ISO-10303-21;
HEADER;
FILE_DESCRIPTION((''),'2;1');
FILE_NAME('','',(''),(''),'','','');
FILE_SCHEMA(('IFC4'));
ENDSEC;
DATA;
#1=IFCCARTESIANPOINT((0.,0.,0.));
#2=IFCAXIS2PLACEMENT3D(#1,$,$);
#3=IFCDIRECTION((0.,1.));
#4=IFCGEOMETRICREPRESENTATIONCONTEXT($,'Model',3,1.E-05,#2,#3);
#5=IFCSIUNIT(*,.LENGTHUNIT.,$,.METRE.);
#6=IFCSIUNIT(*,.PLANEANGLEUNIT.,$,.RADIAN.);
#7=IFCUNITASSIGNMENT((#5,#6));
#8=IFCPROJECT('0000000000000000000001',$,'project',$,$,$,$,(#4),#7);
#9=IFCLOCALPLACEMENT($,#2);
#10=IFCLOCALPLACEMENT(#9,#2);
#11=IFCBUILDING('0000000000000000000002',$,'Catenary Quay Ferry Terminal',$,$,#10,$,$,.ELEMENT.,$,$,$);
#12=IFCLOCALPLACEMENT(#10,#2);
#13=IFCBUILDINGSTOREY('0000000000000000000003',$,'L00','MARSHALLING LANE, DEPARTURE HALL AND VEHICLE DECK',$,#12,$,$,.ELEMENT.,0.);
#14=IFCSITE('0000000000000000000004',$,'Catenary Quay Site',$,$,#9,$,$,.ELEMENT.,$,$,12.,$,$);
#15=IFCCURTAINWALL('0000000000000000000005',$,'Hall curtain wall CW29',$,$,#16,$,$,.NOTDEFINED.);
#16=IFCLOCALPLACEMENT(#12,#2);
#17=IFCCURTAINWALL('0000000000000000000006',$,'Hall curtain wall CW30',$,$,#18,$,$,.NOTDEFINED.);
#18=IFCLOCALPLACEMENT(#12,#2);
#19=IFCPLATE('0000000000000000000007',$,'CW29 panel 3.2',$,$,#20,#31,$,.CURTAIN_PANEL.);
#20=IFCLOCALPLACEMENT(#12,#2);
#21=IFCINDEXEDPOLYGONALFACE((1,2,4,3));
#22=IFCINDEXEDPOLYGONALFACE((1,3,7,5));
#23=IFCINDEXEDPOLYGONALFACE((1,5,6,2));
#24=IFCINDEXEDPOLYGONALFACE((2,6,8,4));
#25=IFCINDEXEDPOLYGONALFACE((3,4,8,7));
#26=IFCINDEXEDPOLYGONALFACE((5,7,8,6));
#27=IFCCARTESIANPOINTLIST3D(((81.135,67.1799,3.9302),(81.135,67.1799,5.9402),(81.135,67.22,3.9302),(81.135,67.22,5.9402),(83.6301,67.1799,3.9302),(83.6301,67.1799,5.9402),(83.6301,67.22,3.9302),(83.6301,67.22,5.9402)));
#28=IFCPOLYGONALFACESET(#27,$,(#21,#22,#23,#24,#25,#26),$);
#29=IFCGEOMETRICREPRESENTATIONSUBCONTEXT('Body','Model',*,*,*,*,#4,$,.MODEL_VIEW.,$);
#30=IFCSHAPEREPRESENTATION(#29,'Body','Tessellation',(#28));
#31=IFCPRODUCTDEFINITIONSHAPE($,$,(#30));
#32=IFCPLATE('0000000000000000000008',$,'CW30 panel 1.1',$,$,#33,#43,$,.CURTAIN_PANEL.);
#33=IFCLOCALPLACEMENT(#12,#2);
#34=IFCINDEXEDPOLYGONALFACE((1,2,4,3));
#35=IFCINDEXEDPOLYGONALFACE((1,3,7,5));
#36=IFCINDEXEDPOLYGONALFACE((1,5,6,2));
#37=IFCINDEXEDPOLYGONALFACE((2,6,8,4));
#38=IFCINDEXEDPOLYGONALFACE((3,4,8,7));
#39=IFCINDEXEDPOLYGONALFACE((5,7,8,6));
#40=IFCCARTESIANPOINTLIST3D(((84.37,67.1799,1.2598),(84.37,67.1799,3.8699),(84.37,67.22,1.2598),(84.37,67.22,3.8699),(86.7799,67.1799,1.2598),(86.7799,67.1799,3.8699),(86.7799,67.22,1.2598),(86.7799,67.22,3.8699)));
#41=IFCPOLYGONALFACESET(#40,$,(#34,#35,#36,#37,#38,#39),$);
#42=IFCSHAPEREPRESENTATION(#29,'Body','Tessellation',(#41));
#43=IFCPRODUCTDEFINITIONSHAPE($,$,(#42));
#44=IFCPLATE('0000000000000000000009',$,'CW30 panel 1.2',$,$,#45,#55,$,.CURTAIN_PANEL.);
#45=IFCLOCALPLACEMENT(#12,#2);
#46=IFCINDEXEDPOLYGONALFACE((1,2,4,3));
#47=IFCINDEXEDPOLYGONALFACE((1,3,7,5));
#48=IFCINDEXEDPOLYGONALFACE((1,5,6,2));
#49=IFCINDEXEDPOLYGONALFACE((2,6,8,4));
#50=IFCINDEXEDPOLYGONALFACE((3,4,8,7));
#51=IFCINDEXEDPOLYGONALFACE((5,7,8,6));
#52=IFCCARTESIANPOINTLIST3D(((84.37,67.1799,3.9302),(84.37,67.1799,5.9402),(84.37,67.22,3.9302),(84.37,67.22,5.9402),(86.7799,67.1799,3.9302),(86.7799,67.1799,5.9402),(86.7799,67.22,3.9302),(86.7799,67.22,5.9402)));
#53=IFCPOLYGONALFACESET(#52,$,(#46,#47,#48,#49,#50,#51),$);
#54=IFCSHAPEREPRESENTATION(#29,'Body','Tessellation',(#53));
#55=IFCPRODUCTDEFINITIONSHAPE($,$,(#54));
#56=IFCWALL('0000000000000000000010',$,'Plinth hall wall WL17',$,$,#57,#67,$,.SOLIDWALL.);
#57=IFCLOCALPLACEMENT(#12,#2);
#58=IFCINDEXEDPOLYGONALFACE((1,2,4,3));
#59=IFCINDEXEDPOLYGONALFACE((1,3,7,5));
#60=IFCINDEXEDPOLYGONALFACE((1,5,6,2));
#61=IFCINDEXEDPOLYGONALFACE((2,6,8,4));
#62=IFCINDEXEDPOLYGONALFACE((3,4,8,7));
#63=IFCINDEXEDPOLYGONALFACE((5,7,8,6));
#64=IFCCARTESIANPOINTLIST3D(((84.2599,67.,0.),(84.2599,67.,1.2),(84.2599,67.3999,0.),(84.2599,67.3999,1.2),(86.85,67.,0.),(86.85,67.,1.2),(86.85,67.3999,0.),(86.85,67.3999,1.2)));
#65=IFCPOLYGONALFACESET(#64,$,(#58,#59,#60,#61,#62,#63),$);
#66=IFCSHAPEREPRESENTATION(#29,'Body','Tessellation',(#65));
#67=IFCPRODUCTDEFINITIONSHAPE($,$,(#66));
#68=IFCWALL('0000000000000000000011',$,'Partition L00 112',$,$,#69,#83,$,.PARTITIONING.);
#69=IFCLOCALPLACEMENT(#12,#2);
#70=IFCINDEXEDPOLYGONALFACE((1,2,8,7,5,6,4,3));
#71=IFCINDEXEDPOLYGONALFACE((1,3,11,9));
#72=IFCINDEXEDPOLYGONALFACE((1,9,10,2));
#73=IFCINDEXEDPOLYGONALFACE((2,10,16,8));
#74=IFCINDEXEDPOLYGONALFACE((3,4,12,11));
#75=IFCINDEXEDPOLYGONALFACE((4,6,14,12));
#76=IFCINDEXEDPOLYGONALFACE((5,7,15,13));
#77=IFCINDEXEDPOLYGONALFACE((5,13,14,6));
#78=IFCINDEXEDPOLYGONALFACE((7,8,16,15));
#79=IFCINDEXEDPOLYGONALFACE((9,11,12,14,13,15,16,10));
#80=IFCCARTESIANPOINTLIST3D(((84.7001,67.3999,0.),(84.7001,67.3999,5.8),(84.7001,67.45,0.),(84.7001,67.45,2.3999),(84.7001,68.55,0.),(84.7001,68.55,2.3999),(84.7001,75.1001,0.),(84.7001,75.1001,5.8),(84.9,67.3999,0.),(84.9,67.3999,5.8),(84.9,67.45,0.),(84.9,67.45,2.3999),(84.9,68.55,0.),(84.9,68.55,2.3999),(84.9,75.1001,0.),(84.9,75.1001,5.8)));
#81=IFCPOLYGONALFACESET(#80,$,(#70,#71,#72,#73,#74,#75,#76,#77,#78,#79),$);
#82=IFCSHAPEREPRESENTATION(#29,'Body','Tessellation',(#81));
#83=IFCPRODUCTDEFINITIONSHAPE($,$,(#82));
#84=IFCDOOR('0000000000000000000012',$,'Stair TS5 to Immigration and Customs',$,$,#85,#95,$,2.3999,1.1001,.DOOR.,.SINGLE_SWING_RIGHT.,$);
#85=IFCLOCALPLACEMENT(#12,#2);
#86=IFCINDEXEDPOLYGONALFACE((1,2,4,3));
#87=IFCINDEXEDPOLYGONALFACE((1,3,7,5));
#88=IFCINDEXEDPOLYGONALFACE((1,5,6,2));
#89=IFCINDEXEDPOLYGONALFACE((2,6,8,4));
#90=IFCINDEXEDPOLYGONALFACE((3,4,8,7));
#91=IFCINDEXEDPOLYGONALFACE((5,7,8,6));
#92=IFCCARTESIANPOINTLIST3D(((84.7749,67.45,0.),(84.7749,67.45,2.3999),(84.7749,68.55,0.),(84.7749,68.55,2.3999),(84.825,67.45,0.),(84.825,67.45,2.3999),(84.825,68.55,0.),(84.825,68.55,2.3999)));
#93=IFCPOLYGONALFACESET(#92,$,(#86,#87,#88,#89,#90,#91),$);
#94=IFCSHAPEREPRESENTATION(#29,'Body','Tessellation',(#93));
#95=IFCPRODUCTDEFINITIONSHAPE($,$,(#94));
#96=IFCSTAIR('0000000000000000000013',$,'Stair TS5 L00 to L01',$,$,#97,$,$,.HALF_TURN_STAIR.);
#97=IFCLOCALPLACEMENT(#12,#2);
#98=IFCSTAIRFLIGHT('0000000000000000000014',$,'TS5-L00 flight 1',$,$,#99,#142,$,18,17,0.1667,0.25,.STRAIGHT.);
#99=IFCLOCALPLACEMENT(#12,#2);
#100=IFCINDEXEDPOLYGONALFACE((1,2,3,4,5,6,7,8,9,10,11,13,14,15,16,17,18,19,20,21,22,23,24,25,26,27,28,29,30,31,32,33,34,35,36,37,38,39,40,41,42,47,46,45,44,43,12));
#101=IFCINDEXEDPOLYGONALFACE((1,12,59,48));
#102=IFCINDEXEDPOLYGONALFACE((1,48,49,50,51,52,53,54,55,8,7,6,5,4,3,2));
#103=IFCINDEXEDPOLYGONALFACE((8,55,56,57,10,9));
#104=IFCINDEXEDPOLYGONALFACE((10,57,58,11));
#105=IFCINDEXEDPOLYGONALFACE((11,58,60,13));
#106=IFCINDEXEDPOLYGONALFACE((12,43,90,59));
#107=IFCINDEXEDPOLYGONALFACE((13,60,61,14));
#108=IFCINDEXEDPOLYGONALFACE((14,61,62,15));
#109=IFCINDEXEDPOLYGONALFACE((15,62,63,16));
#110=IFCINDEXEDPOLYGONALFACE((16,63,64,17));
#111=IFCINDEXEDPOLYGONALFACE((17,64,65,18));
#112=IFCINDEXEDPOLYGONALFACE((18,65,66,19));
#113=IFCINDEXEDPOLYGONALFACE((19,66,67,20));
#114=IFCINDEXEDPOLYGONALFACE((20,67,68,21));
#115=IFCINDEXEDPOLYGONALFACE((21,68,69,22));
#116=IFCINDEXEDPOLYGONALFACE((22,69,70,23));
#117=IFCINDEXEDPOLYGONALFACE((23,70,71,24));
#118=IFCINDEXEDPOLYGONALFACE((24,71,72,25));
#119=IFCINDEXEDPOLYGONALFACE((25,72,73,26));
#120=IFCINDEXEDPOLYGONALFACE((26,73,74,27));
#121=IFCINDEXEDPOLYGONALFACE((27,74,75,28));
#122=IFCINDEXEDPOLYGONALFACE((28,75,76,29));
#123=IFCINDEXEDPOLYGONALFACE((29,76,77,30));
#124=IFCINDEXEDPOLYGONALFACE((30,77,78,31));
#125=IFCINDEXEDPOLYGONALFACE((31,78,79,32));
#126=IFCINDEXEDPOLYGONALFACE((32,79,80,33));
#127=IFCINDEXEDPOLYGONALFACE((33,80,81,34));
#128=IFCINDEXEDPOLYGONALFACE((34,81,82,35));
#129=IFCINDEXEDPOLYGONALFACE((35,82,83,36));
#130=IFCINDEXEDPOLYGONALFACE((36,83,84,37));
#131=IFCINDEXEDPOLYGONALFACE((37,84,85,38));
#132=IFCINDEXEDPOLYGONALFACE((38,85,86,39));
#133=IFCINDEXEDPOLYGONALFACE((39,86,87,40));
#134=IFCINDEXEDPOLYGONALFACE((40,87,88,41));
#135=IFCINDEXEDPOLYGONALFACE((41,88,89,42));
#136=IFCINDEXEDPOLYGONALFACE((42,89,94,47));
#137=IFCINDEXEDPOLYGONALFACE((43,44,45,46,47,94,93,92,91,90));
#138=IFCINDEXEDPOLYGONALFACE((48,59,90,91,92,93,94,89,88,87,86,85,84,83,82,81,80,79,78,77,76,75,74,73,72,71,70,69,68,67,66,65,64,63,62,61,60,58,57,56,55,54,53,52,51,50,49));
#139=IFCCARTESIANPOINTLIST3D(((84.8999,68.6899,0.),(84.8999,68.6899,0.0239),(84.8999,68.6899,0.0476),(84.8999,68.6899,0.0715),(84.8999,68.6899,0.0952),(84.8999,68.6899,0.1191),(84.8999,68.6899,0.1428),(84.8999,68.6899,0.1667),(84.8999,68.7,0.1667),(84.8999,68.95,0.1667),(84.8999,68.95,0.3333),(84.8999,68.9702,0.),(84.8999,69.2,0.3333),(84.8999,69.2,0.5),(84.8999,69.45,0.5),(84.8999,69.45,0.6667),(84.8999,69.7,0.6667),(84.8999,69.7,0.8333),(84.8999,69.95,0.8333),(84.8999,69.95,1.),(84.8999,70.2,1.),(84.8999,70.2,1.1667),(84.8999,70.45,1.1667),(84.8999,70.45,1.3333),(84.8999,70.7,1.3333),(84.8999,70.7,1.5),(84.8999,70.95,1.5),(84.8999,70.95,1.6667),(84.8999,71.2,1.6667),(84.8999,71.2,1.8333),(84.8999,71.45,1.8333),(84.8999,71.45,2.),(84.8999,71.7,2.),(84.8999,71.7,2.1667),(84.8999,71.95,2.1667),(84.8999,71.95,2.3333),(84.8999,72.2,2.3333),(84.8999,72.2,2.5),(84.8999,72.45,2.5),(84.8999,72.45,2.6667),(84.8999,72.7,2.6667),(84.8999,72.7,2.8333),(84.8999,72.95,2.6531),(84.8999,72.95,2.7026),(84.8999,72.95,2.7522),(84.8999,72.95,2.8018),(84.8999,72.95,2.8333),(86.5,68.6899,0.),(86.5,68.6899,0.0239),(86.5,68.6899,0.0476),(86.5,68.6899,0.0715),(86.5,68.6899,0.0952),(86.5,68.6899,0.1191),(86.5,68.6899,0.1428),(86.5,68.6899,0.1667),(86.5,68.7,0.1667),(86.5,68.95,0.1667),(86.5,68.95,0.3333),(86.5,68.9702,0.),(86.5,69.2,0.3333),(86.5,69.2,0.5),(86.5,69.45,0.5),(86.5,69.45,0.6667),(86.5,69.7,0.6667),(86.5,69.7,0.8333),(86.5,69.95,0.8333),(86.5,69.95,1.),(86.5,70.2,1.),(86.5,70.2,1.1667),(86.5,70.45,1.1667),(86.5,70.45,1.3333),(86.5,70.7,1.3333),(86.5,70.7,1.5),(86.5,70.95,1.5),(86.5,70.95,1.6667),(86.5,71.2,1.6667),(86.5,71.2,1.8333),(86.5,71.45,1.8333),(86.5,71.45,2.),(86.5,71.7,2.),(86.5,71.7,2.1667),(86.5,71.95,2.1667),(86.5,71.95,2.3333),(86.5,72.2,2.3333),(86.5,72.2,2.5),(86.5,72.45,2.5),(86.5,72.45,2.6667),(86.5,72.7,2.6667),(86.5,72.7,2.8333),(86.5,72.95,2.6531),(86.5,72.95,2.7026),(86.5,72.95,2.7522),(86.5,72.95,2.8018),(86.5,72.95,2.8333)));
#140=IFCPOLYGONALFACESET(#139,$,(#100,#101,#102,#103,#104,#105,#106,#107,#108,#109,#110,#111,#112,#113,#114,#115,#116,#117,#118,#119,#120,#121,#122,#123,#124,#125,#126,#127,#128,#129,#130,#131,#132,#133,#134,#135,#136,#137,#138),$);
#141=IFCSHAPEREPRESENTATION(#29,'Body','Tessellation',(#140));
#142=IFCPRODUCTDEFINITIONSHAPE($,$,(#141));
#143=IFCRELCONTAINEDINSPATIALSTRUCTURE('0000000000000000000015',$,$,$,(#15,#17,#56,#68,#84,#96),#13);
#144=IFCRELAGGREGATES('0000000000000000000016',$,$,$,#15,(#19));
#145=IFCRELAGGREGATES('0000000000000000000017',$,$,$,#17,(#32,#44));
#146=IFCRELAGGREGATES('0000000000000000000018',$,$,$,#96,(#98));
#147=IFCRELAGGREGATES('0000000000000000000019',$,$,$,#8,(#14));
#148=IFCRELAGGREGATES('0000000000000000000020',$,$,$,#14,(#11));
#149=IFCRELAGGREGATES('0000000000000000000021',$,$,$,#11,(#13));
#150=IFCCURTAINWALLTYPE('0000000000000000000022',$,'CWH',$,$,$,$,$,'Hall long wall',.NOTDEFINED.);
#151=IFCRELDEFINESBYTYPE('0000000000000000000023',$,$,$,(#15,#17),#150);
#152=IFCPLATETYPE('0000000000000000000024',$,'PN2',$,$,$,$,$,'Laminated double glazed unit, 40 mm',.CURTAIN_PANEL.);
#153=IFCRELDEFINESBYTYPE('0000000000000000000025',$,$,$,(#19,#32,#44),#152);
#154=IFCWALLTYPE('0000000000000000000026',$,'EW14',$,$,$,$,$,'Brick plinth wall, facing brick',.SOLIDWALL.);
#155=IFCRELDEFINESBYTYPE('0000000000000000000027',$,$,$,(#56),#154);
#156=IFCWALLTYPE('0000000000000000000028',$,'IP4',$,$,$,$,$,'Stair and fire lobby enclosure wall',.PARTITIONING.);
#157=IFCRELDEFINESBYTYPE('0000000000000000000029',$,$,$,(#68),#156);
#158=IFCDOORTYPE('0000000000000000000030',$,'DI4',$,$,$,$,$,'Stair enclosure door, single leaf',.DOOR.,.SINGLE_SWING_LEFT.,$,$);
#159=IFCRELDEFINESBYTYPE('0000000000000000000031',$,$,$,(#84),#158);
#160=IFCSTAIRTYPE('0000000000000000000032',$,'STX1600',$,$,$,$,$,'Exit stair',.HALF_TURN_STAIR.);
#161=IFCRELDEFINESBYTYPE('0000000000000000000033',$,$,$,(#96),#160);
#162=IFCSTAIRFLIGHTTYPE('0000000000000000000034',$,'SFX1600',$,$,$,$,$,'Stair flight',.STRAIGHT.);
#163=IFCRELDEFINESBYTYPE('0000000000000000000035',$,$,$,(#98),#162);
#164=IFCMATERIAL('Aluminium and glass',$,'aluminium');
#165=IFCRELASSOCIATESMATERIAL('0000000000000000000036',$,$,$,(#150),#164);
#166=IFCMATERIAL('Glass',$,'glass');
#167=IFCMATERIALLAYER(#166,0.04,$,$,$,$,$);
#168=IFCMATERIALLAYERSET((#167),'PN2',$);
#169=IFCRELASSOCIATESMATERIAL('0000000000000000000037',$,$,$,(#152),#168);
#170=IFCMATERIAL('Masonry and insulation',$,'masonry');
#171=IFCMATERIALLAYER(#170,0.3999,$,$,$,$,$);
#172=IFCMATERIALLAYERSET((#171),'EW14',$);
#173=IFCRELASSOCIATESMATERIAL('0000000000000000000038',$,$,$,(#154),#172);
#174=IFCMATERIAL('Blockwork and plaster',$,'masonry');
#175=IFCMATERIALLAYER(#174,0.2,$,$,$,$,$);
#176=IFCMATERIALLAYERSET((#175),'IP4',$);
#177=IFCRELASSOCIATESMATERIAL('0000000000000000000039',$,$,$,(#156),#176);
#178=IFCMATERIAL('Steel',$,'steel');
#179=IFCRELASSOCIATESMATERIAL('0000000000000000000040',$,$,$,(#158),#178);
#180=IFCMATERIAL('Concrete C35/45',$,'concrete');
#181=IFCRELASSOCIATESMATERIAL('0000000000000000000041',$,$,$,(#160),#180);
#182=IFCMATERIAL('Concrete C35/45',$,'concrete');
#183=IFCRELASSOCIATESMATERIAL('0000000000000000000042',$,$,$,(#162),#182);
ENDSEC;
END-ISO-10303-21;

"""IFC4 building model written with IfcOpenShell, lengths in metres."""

from ifc_helpers import new_model, si_unit, direction, frame, frame_2d, origin, origin_2d, place, context, subcontext, project, spatial, polyline, rectangle, outline, extrude, material, layer, layer_set, type_object, element, fill, aggregate, save


model = new_model("IFC4")

# Units and contexts
model_context = context("Model", 3, precision=1e-05, world=origin(), true_north=direction((0.0, 1.0)))
body_context = subcontext(model_context, "Body", "Model", "MODEL_VIEW")
ifc_project = project(units=[si_unit("LENGTHUNIT", "METRE"), si_unit("PLANEANGLEUNIT", "RADIAN")], contexts=[model_context])

# Site, building, storey
site_placement = place(None, origin())
site = spatial("IfcSite", under=ifc_project, at=site_placement, Name="Catenary Quay Site", CompositionType="ELEMENT", RefElevation=12.0)
building_placement = place(site_placement, origin())
building = spatial("IfcBuilding", under=site, at=building_placement, Name="Catenary Quay Ferry Terminal", CompositionType="ELEMENT")
storey_placement = place(building_placement, origin())
storey = spatial("IfcBuildingStorey", under=building, at=storey_placement, Name="L00", Description="MARSHALLING LANE, DEPARTURE HALL AND VEHICLE DECK", CompositionType="ELEMENT", Elevation=0.0)

# Curtain wall
ifc_material_1 = material(Name="Aluminium and glass", Category="aluminium")
curtain_wall_type = type_object("IfcCurtainWallType", Name="CWH", ElementType="Hall long wall", PredefinedType="NOTDEFINED", material=ifc_material_1)
curtain_wall_1_placement = place(storey_placement, origin())
curtain_wall_1 = element("IfcCurtainWall", 1, at=curtain_wall_1_placement, inside=storey, type_object=curtain_wall_type, Name="Hall curtain wall CW29", PredefinedType="NOTDEFINED")

# Curtain wall
curtain_wall_2_placement = place(storey_placement, origin())
curtain_wall_2 = element("IfcCurtainWall", 2, at=curtain_wall_2_placement, inside=storey, type_object=curtain_wall_type, Name="Hall curtain wall CW30", PredefinedType="NOTDEFINED")

# Plates
ifc_material_2 = material(Name="Glass", Category="glass")
ifc_layer_1 = layer(ifc_material_2, 0.04)
ifc_layer_set_1 = layer_set([ifc_layer_1], Name="PN2")
plate_type = type_object("IfcPlateType", Name="PN2", ElementType="Laminated double glazed unit, 40 mm", PredefinedType="CURTAIN_PANEL", material=ifc_layer_set_1)
plate_1_placement = place(storey_placement, frame((82.3826, 67.2, 3.9302), z_axis=(0.0, 0.0, 1.0), x_axis=(1.0, 0.0, 0.0)))
plate_1 = element("IfcPlate", 3, at=plate_1_placement, type_object=plate_type, Name="CW29 panel 3.2", PredefinedType="CURTAIN_PANEL", context=body_context, shape_type="SweptSolid", body=[
    extrude(rectangle(XDim=2.4951, YDim=0.04, at=origin_2d()), origin(), (0.0, 0.0, 1.0), 2.01),
])
aggregate(curtain_wall_1, [plate_1])
plate_2_placement = place(storey_placement, frame((85.575, 67.2, 1.2598), z_axis=(0.0, 0.0, 1.0), x_axis=(1.0, 0.0, 0.0)))
plate_2 = element("IfcPlate", 4, at=plate_2_placement, type_object=plate_type, Name="CW30 panel 1.1", PredefinedType="CURTAIN_PANEL", context=body_context, shape_type="SweptSolid", body=[
    extrude(rectangle(XDim=2.4099, YDim=0.04, at=origin_2d()), origin(), (0.0, 0.0, 1.0), 2.6101),
])
plate_3_placement = place(storey_placement, frame((85.575, 67.2, 3.9302), z_axis=(0.0, 0.0, 1.0), x_axis=(1.0, 0.0, 0.0)))
plate_3 = element("IfcPlate", 5, at=plate_3_placement, type_object=plate_type, Name="CW30 panel 1.2", PredefinedType="CURTAIN_PANEL", context=body_context, shape_type="SweptSolid", body=[
    extrude(rectangle(XDim=2.4099, YDim=0.04, at=origin_2d()), origin(), (0.0, 0.0, 1.0), 2.01),
])
aggregate(curtain_wall_2, [plate_2, plate_3])

# Wall
ifc_material_3 = material(Name="Masonry and insulation", Category="masonry")
ifc_layer_2 = layer(ifc_material_3, 0.3999)
ifc_layer_set_2 = layer_set([ifc_layer_2], Name="EW14")
wall_type_1 = type_object("IfcWallType", Name="EW14", ElementType="Brick plinth wall, facing brick", PredefinedType="SOLIDWALL", material=ifc_layer_set_2)
wall_1_placement = place(storey_placement, frame((84.26, 67.2, 0.0), z_axis=(0.0, 0.0, 1.0), x_axis=(1.0, 0.0, 0.0)))
element("IfcWall", 6, at=wall_1_placement, inside=storey, type_object=wall_type_1, Name="Plinth hall wall WL17", PredefinedType="SOLIDWALL", context=body_context, shape_type="SweptSolid", body=[
    extrude(rectangle(XDim=2.5901, YDim=0.3999, at=frame_2d((1.2949, 0.0))), origin(), (0.0, 0.0, 1.0), 1.2),
])

# Wall, opening, door
ifc_material_4 = material(Name="Blockwork and plaster", Category="masonry")
ifc_layer_3 = layer(ifc_material_4, 0.2)
ifc_layer_set_3 = layer_set([ifc_layer_3], Name="IP4")
wall_type_2 = type_object("IfcWallType", Name="IP4", ElementType="Stair and fire lobby enclosure wall", PredefinedType="PARTITIONING", material=ifc_layer_set_3)
wall_2_placement = place(storey_placement, frame((84.8, 67.3999, 0.0), z_axis=(0.0, 0.0, 1.0), x_axis=(0.0, 1.0, 0.0)))
wall_2 = element("IfcWall", 7, at=wall_2_placement, inside=storey, type_object=wall_type_2, Name="Partition L00 112", PredefinedType="PARTITIONING", context=body_context, shape_type="SweptSolid", body=[
    extrude(rectangle(XDim=7.7002, YDim=0.2, at=frame_2d((3.8501, 0.0))), origin(), (0.0, 0.0, 1.0), 5.8),
])
opening_placement = place(wall_2_placement, frame((0.05, 0.0, 0.0)))
opening = element("IfcOpeningElement", 8, at=opening_placement, cuts=wall_2, PredefinedType="OPENING", context=body_context, shape_type="SweptSolid", body=[
    extrude(rectangle(XDim=1.1001, YDim=2.3999, at=frame_2d((0.55, 1.2))), frame((0.0, 0.1099, 0.0), z_axis=(0.0, -1.0, 0.0), x_axis=(1.0, 0.0, 0.0)), (0.0, 0.0, 1.0), 0.22),
])
ifc_material_5 = material(Name="Steel", Category="steel")
door_type = type_object("IfcDoorType", Name="DI4", ElementType="Stair enclosure door, single leaf", OperationType="SINGLE_SWING_LEFT", PredefinedType="DOOR", material=ifc_material_5)
door_placement = place(opening_placement, frame((1.1001, 0.0, 0.0), z_axis=(0.0, 0.0, 1.0), x_axis=(-1.0, 0.0, 0.0)))
door = element("IfcDoor", 9, at=door_placement, inside=storey, type_object=door_type, Name="Stair TS5 to Immigration and Customs", OperationType="SINGLE_SWING_RIGHT", OverallHeight=2.3999, OverallWidth=1.1001, PredefinedType="DOOR", context=body_context, shape_type="SweptSolid", body=[
    extrude(rectangle(XDim=1.1001, YDim=2.3999, at=frame_2d((0.55, 1.2))), frame((0.0, 0.0249, 0.0), z_axis=(0.0, -1.0, 0.0), x_axis=(1.0, 0.0, 0.0)), (0.0, 0.0, 1.0), 0.05),
])
fill(opening, door)

# Stair, stair flight
ifc_material_6 = material(Name="Concrete C35/45", Category="concrete")
stair_type = type_object("IfcStairType", Name="STX1600", ElementType="Exit stair", PredefinedType="HALF_TURN_STAIR", material=ifc_material_6)
stair_placement = place(storey_placement, origin())
stair = element("IfcStair", 10, at=stair_placement, inside=storey, type_object=stair_type, Name="Stair TS5 L00 to L01", PredefinedType="HALF_TURN_STAIR")
ifc_material_7 = material(Name="Concrete C35/45", Category="concrete")
stair_flight_type = type_object("IfcStairFlightType", Name="SFX1600", ElementType="Stair flight", PredefinedType="STRAIGHT", material=ifc_material_7)
stair_flight_placement = place(storey_placement, frame((85.7, 68.7, 0.0), z_axis=(0.0, 0.0, 1.0), x_axis=(0.0, 1.0, 0.0)))
stair_flight = element("IfcStairFlight", 11, at=stair_flight_placement, type_object=stair_flight_type, Name="TS5-L00 flight 1", NumberOfRisers=18, NumberOfTreads=17, PredefinedType="STRAIGHT", RiserHeight=0.1667, TreadLength=0.25, context=body_context, shape_type="SweptSolid", body=[
    extrude(outline(polyline([(-0.01, 0.0), (-0.01, 0.0239), (-0.01, 0.0476), (-0.01, 0.0715), (-0.01, 0.0952), (-0.01, 0.1191), (-0.01, 0.1428), (-0.01, 0.1667), (0.0, 0.1667), (0.25, 0.1667), (0.25, 0.3333), (0.5, 0.3333), (0.5, 0.5), (0.75, 0.5), (0.75, 0.6667), (1.0, 0.6667), (1.0, 0.8333), (1.25, 0.8333), (1.25, 1.0), (1.5, 1.0), (1.5, 1.1667), (1.75, 1.1667), (1.75, 1.3333), (2.0, 1.3333), (2.0, 1.5), (2.25, 1.5), (2.25, 1.6667), (2.5, 1.6667), (2.5, 1.8333), (2.75, 1.8333), (2.75, 2.0), (3.0, 2.0), (3.0, 2.1667), (3.25, 2.1667), (3.25, 2.3333), (3.5, 2.3333), (3.5, 2.5), (3.75, 2.5), (3.75, 2.6667), (4.0, 2.6667), (4.0, 2.8333), (4.25, 2.8333), (4.25, 3.0), (4.25, 2.9504), (4.25, 2.9009), (4.25, 2.8513), (4.25, 2.8018), (4.25, 2.7522), (4.25, 2.7026), (4.25, 2.6531), (0.2703, 0.0), (-0.01, 0.0)])), frame((0.0, 0.8, 0.0), z_axis=(0.0, -1.0, 0.0), x_axis=(1.0, 0.0, 0.0)), (0.0, 0.0, 1.0), 1.6001),
])
aggregate(stair, [stair_flight])

save(model, "model.ifc")
